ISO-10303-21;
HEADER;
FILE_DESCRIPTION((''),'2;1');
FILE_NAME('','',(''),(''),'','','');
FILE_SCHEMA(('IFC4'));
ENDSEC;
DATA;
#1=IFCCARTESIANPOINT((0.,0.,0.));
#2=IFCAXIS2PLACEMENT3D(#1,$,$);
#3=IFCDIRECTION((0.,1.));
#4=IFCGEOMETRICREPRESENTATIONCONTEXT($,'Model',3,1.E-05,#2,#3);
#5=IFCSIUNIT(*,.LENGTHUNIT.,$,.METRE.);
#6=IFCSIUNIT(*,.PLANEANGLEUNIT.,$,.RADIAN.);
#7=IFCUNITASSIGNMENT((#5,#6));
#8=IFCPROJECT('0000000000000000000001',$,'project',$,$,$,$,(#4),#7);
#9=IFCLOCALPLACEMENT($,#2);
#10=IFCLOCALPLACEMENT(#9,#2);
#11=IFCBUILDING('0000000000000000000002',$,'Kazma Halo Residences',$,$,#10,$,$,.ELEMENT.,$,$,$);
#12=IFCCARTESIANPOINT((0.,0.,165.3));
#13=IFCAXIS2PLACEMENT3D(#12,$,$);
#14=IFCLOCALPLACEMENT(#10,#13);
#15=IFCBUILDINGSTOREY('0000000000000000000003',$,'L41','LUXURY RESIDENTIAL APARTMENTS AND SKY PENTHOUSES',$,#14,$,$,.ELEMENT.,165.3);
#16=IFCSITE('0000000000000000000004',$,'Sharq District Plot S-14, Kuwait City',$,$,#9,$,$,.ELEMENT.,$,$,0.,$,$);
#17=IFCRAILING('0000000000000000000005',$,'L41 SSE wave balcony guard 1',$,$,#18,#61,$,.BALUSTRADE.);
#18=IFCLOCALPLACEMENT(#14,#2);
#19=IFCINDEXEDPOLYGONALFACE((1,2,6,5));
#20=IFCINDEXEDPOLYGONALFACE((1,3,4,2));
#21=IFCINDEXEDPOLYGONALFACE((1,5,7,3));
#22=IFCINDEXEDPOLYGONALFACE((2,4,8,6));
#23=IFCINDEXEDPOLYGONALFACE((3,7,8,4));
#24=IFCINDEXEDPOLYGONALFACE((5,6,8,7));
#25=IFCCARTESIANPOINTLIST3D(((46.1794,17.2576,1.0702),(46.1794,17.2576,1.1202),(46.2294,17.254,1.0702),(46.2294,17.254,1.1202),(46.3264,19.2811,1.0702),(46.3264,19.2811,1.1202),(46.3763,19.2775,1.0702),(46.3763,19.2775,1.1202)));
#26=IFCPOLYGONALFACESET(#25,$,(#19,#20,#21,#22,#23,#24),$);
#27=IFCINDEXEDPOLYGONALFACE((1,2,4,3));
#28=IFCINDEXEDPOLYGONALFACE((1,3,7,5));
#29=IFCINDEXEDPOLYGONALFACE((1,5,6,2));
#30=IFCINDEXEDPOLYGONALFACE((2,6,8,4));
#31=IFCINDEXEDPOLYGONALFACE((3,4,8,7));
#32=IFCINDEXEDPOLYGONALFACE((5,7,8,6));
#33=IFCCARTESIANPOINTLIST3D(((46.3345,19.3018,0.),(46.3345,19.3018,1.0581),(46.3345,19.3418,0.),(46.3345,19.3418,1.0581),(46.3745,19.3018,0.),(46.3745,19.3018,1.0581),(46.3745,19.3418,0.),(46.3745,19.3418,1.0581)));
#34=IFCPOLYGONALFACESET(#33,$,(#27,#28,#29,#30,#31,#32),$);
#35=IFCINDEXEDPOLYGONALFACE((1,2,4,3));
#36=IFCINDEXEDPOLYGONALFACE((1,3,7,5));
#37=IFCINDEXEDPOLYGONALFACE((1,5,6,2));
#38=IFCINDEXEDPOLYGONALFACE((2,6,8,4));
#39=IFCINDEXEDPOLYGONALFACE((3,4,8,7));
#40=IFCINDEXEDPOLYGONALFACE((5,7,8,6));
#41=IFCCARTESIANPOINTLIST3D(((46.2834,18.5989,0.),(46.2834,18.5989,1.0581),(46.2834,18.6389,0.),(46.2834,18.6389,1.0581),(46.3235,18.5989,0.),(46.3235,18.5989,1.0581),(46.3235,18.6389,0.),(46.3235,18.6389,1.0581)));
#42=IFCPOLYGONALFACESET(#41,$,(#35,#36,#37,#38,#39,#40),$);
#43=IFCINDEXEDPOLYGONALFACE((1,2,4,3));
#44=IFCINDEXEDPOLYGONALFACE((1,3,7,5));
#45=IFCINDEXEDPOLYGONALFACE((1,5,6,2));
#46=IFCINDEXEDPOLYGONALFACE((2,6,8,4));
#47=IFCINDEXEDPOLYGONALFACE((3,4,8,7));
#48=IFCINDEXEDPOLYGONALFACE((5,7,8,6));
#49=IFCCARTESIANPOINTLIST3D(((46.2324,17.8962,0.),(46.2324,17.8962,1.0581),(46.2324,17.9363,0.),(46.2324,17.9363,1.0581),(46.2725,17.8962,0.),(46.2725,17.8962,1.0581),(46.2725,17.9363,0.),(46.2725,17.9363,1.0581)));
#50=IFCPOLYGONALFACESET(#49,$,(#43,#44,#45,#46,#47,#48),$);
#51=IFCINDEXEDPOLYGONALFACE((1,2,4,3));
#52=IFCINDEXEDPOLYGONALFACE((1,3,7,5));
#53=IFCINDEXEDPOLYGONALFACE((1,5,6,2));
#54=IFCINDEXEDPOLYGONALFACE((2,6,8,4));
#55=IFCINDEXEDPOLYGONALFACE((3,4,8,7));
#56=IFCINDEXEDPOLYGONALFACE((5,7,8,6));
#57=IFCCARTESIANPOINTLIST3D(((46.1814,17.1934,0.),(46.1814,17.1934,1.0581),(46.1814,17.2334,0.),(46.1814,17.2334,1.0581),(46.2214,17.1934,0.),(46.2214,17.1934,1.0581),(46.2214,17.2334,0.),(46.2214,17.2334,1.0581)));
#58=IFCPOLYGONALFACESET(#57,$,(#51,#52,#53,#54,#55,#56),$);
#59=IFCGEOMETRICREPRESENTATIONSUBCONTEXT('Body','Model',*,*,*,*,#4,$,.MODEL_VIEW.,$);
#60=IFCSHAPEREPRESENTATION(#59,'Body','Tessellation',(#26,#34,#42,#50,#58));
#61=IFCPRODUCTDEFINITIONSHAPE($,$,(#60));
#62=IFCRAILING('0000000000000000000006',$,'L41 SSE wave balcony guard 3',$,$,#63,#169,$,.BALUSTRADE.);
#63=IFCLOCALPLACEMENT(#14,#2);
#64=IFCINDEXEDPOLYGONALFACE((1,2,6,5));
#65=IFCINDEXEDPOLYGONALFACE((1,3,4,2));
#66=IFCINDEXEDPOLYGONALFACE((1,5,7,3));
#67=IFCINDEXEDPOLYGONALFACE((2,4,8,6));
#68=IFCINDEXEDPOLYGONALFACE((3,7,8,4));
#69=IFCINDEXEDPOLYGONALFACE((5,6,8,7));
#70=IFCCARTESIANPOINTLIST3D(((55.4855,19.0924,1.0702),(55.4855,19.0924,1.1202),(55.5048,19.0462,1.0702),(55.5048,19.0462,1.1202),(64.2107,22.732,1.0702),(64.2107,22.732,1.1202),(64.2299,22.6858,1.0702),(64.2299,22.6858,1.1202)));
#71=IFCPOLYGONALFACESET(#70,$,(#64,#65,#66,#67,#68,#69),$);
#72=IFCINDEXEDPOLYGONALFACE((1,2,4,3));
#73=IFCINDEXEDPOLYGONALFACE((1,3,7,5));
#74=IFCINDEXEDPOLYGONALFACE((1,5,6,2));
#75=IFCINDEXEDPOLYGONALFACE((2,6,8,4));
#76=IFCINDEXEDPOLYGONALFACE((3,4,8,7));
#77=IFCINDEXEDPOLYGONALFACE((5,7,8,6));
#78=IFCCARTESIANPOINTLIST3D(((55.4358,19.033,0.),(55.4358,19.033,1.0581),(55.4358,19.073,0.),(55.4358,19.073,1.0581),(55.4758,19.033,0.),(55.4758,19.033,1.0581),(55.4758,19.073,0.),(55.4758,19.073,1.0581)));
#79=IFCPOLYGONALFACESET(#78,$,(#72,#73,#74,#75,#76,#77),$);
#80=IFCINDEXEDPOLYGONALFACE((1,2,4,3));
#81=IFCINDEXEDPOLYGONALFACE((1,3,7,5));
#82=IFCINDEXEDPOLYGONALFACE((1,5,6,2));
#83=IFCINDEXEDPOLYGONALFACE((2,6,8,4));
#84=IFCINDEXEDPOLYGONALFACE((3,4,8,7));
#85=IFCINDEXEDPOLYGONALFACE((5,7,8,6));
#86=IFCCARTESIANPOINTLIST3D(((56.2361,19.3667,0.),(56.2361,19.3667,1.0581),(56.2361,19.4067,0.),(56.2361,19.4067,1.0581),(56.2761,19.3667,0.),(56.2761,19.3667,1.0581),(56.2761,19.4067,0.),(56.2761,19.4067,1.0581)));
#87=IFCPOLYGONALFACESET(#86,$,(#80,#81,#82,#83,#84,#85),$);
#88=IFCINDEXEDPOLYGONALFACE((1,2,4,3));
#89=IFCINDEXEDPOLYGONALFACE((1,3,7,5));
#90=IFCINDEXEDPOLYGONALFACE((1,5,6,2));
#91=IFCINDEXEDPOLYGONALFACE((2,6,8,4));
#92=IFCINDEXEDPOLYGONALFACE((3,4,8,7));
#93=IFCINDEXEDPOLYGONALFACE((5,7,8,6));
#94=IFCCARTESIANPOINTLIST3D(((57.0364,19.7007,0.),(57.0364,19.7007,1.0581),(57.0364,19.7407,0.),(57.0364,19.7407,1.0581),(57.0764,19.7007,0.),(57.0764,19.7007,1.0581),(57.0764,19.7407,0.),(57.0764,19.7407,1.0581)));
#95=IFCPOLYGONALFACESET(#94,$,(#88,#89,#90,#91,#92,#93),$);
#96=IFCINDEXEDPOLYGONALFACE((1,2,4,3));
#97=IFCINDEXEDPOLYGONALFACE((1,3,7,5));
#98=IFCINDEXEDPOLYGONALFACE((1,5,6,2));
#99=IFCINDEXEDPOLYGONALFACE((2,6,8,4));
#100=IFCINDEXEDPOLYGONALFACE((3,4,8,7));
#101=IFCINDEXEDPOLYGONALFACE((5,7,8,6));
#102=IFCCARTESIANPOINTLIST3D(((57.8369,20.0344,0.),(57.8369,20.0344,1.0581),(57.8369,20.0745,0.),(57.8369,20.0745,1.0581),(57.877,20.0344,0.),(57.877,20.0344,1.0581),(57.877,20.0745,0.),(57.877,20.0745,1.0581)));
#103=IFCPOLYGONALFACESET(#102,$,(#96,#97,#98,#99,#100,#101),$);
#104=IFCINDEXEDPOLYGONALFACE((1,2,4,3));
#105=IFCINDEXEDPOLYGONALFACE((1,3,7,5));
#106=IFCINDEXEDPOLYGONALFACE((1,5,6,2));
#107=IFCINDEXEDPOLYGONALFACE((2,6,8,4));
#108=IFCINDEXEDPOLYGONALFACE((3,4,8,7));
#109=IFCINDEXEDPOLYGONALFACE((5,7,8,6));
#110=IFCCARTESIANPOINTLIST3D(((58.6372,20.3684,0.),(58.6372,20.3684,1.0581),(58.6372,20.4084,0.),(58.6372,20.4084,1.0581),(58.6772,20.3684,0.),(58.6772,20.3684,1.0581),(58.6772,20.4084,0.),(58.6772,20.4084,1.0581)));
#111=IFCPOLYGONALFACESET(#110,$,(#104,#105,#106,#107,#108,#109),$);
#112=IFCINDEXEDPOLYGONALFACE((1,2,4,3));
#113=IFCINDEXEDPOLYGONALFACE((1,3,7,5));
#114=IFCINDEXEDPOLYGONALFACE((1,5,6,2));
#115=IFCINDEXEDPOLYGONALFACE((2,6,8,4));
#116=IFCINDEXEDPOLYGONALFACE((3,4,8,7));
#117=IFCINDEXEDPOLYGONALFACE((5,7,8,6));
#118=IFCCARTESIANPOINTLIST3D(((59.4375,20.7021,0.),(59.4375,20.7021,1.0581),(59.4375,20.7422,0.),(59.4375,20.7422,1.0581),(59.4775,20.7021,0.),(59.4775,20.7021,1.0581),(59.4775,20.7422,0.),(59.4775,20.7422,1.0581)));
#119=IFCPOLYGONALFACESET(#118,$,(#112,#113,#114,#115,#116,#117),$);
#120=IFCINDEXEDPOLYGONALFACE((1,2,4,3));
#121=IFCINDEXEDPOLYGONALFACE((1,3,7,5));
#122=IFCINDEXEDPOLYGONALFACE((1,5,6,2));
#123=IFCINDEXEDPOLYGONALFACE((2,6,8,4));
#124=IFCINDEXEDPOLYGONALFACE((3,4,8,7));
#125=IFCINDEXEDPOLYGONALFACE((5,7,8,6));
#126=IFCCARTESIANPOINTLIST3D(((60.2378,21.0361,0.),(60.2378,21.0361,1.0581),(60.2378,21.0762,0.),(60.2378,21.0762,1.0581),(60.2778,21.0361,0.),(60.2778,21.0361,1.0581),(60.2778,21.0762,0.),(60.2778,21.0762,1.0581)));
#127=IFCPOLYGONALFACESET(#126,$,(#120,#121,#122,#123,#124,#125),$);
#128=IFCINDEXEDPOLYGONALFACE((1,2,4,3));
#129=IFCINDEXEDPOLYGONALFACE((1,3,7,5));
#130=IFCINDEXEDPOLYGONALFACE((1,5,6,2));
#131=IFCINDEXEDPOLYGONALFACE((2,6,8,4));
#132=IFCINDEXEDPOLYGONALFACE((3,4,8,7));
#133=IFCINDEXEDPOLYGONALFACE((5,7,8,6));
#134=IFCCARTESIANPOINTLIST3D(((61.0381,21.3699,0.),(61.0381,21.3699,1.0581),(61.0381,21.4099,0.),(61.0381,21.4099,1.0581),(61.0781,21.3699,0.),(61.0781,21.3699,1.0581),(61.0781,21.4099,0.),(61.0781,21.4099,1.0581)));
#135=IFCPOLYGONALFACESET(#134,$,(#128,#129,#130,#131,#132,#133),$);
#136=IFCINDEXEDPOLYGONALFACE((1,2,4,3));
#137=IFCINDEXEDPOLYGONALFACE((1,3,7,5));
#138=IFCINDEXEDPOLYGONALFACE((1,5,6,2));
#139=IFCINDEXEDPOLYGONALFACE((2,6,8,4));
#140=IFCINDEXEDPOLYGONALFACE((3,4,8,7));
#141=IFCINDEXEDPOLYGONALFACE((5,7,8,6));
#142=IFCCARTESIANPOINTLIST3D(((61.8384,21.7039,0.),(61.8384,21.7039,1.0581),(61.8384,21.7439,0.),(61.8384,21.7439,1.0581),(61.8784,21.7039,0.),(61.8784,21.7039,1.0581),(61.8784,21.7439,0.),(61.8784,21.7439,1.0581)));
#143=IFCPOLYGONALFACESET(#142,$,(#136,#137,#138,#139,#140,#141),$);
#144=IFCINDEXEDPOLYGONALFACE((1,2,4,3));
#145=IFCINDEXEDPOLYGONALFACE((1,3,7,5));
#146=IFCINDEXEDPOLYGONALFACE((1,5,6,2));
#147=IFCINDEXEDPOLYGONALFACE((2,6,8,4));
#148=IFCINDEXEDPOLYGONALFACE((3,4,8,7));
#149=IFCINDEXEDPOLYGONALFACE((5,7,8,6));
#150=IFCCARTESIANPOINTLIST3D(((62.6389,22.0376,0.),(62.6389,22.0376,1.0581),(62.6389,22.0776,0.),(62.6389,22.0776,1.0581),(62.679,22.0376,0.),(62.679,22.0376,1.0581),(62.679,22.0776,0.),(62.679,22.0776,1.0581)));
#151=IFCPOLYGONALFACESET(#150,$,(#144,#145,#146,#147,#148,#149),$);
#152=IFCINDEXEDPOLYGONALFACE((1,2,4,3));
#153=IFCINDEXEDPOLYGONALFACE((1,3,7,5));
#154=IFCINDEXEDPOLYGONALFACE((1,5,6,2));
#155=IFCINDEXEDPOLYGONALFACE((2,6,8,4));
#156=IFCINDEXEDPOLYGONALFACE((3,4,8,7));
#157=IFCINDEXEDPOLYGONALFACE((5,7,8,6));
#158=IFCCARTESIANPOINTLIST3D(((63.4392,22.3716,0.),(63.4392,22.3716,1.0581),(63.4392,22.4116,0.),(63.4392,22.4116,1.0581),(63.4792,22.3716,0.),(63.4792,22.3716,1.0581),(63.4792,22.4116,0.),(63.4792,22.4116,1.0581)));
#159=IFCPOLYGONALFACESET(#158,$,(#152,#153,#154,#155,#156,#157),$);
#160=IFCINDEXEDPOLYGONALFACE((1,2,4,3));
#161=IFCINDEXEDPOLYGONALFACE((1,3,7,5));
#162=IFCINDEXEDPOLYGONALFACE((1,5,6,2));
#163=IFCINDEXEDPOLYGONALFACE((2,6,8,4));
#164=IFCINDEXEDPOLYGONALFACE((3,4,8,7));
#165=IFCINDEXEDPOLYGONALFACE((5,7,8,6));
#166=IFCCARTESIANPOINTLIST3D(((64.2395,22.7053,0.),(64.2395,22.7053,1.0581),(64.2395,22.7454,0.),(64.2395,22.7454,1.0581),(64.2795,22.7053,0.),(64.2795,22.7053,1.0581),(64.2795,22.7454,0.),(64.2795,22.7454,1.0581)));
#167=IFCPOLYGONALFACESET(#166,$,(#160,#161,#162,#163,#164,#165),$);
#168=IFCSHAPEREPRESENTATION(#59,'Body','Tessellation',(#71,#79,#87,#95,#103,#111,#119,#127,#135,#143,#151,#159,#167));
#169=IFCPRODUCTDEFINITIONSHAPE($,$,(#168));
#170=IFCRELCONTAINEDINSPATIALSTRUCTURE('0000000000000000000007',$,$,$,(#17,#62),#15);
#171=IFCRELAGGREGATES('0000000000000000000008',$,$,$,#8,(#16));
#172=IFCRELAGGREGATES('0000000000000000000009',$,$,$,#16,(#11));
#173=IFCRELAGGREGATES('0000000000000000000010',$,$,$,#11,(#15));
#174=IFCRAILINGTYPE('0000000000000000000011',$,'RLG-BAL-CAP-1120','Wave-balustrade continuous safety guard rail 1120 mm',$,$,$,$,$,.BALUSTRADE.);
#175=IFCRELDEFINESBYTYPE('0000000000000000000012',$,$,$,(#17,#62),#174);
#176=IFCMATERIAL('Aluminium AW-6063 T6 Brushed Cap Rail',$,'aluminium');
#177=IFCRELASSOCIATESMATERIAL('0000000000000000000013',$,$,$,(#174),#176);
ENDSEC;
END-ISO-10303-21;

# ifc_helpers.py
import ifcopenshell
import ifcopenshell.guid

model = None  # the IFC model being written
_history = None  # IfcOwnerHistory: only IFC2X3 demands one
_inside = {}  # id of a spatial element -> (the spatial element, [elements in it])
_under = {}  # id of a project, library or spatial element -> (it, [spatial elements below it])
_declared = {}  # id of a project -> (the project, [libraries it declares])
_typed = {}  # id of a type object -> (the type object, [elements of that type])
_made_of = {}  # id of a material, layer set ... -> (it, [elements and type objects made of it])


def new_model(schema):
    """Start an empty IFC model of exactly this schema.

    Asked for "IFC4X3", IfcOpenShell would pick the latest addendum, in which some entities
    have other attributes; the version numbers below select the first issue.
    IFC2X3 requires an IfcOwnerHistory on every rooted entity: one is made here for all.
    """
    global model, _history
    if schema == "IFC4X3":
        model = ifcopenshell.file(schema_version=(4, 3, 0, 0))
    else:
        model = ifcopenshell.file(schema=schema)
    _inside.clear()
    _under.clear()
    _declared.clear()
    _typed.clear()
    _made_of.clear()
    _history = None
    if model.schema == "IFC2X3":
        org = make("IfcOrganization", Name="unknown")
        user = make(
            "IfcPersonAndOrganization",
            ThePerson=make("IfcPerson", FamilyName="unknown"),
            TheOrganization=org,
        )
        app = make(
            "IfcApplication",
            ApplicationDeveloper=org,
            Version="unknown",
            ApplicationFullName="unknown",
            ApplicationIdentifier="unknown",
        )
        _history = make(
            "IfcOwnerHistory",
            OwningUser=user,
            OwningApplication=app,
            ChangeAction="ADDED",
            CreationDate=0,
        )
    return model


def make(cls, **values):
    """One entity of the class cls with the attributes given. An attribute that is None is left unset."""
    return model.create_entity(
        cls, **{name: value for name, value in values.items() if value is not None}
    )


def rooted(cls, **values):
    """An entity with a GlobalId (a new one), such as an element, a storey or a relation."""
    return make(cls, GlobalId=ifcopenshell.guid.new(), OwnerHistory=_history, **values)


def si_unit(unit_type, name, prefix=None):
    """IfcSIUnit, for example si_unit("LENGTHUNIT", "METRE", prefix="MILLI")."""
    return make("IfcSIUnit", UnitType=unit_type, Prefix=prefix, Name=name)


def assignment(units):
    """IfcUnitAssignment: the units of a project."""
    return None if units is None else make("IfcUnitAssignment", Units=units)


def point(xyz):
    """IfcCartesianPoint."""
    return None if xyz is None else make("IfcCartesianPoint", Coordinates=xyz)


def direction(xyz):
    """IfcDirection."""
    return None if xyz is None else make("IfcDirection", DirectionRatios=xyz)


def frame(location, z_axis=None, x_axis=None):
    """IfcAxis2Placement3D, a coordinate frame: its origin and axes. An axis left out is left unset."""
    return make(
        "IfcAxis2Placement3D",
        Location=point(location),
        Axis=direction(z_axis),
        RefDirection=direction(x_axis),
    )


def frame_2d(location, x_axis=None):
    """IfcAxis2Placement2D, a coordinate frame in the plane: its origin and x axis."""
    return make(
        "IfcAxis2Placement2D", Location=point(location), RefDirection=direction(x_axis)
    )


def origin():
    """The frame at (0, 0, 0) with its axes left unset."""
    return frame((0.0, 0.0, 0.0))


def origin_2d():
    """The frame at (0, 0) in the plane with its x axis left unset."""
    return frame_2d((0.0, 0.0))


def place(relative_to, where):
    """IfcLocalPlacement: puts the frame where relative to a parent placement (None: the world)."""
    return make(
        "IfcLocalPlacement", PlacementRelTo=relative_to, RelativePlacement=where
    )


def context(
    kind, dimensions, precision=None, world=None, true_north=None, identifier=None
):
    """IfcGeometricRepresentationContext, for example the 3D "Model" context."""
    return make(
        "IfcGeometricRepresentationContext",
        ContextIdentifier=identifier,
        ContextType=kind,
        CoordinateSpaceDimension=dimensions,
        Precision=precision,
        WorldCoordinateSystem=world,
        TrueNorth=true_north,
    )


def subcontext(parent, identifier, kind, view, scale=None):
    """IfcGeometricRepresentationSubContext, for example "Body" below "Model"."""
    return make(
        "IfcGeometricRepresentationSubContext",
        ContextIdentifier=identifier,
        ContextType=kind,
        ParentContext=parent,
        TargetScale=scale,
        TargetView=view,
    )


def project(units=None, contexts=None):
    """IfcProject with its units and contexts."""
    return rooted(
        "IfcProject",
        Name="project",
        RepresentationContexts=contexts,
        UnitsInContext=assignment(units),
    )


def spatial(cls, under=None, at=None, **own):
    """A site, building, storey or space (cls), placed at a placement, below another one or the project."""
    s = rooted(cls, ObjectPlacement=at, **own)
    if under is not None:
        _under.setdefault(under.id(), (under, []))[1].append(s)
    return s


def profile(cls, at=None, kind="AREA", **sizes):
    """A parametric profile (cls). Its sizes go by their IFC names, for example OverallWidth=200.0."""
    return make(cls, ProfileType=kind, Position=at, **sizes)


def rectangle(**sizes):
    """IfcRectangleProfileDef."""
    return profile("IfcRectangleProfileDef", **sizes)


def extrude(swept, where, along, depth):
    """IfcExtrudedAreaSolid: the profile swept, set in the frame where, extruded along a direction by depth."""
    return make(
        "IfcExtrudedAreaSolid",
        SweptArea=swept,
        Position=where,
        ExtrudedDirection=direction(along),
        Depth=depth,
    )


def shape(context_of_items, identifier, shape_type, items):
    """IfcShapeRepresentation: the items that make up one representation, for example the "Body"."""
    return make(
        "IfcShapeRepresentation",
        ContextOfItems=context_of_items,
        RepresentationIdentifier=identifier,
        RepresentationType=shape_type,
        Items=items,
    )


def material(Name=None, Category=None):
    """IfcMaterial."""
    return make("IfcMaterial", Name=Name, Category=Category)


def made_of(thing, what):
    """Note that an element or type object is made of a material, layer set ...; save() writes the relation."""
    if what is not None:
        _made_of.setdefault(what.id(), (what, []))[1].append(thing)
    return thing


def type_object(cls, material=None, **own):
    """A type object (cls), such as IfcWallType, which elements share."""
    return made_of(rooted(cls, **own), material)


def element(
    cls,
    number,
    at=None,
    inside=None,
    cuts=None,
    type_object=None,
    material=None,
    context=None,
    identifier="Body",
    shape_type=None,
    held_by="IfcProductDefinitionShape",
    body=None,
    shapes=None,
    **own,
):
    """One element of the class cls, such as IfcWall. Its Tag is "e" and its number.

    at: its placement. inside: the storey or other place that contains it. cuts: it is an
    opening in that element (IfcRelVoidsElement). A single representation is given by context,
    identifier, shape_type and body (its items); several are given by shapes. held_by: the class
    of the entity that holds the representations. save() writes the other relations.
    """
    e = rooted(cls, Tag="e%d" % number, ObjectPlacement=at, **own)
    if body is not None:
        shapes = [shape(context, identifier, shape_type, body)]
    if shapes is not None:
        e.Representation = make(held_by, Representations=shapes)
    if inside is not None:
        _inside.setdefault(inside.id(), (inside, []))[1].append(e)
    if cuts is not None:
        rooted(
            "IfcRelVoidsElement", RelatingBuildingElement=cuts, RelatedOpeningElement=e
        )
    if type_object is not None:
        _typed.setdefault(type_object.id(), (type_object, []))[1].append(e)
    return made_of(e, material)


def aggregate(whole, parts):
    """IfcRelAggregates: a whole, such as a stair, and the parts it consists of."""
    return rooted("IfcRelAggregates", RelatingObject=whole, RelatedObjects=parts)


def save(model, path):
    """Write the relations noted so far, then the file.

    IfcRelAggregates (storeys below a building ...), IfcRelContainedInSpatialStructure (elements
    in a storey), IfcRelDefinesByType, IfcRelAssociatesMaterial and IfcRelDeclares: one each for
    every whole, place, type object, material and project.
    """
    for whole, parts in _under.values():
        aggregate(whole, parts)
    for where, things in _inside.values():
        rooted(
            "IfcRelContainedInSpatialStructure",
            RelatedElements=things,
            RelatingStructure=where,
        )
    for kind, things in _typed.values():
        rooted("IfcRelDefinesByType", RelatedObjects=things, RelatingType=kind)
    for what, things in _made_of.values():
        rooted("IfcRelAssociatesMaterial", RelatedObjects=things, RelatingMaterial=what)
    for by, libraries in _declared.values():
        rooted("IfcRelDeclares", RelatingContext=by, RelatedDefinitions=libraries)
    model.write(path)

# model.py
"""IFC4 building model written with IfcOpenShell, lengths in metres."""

from ifc_helpers import new_model, si_unit, direction, frame, origin, origin_2d, place, context, subcontext, project, spatial, rectangle, extrude, material, type_object, element, save


model = new_model("IFC4")

# Units and contexts
model_context = context("Model", 3, precision=1e-05, world=origin(), true_north=direction((0.0, 1.0)))
body_context = subcontext(model_context, "Body", "Model", "MODEL_VIEW")
ifc_project = project(units=[si_unit("LENGTHUNIT", "METRE"), si_unit("PLANEANGLEUNIT", "RADIAN")], contexts=[model_context])

# Site, building, storey
site_placement = place(None, origin())
site = spatial("IfcSite", under=ifc_project, at=site_placement, Name="Sharq District Plot S-14, Kuwait City", CompositionType="ELEMENT", RefElevation=0.0)
building_placement = place(site_placement, origin())
building = spatial("IfcBuilding", under=site, at=building_placement, Name="Kazma Halo Residences", CompositionType="ELEMENT")
storey_placement = place(building_placement, frame((0.0, 0.0, 165.3)))
storey = spatial("IfcBuildingStorey", under=building, at=storey_placement, Name="L41", Description="LUXURY RESIDENTIAL APARTMENTS AND SKY PENTHOUSES", CompositionType="ELEMENT", Elevation=165.3)

# Railings
ifc_material_1 = material(Name="Aluminium AW-6063 T6 Brushed Cap Rail", Category="aluminium")
railing_type = type_object("IfcRailingType", Name="RLG-BAL-CAP-1120", Description="Wave-balustrade continuous safety guard rail 1120 mm", PredefinedType="BALUSTRADE", material=ifc_material_1)
railing_1_placement = place(storey_placement, frame((46.3545, 19.3218, 0.0)))
element("IfcRailing", 1, at=railing_1_placement, inside=storey, type_object=railing_type, Name="L41 SSE wave balcony guard 1", PredefinedType="BALUSTRADE", context=body_context, shape_type="SweptSolid", body=[
    extrude(rectangle(XDim=0.05, YDim=0.05, at=origin_2d()), frame((-0.0032, -0.0425, 1.0952), z_axis=(-0.072412, -0.997375, 0.0), x_axis=(0.997375, -0.072412, 0.0)), (0.0, 0.0, 1.0), 2.0288),
    extrude(rectangle(XDim=0.04, YDim=0.04, at=origin_2d()), origin(), (0.0, 0.0, 1.0), 1.0581),
    extrude(rectangle(XDim=0.04, YDim=0.04, at=origin_2d()), frame((-0.051, -0.7029, 0.0)), (0.0, 0.0, 1.0), 1.0581),
    extrude(rectangle(XDim=0.04, YDim=0.04, at=origin_2d()), frame((-0.1021, -1.4055, 0.0)), (0.0, 0.0, 1.0), 1.0581),
    extrude(rectangle(XDim=0.04, YDim=0.04, at=origin_2d()), frame((-0.1531, -2.1084, 0.0)), (0.0, 0.0, 1.0), 1.0581),
])
railing_2_placement = place(storey_placement, frame((55.4558, 19.053, 0.0)))
element("IfcRailing", 2, at=railing_2_placement, inside=storey, type_object=railing_type, Name="L41 SSE wave balcony guard 3", PredefinedType="BALUSTRADE", context=body_context, shape_type="SweptSolid", body=[
    extrude(rectangle(XDim=0.05, YDim=0.05, at=origin_2d()), frame((0.0393, 0.0164, 1.0952), z_axis=(0.922922, 0.384986, 0.0), x_axis=(-0.384986, 0.922922, 0.0)), (0.0, 0.0, 1.0), 9.4539),
    extrude(rectangle(XDim=0.04, YDim=0.04, at=origin_2d()), origin(), (0.0, 0.0, 1.0), 1.0581),
    extrude(rectangle(XDim=0.04, YDim=0.04, at=origin_2d()), frame((0.8003, 0.3337, 0.0)), (0.0, 0.0, 1.0), 1.0581),
    extrude(rectangle(XDim=0.04, YDim=0.04, at=origin_2d()), frame((1.6006, 0.6677, 0.0)), (0.0, 0.0, 1.0), 1.0581),
    extrude(rectangle(XDim=0.04, YDim=0.04, at=origin_2d()), frame((2.4011, 1.0015, 0.0)), (0.0, 0.0, 1.0), 1.0581),
    extrude(rectangle(XDim=0.04, YDim=0.04, at=origin_2d()), frame((3.2014, 1.3354, 0.0)), (0.0, 0.0, 1.0), 1.0581),
    extrude(rectangle(XDim=0.04, YDim=0.04, at=origin_2d()), frame((4.0017, 1.6692, 0.0)), (0.0, 0.0, 1.0), 1.0581),
    extrude(rectangle(XDim=0.04, YDim=0.04, at=origin_2d()), frame((4.802, 2.0032, 0.0)), (0.0, 0.0, 1.0), 1.0581),
    extrude(rectangle(XDim=0.04, YDim=0.04, at=origin_2d()), frame((5.6023, 2.3369, 0.0)), (0.0, 0.0, 1.0), 1.0581),
    extrude(rectangle(XDim=0.04, YDim=0.04, at=origin_2d()), frame((6.4026, 2.6709, 0.0)), (0.0, 0.0, 1.0), 1.0581),
    extrude(rectangle(XDim=0.04, YDim=0.04, at=origin_2d()), frame((7.2031, 3.0046, 0.0)), (0.0, 0.0, 1.0), 1.0581),
    extrude(rectangle(XDim=0.04, YDim=0.04, at=origin_2d()), frame((8.0034, 3.3386, 0.0)), (0.0, 0.0, 1.0), 1.0581),
    extrude(rectangle(XDim=0.04, YDim=0.04, at=origin_2d()), frame((8.8037, 3.6724, 0.0)), (0.0, 0.0, 1.0), 1.0581),
])

save(model, "model.ifc")
